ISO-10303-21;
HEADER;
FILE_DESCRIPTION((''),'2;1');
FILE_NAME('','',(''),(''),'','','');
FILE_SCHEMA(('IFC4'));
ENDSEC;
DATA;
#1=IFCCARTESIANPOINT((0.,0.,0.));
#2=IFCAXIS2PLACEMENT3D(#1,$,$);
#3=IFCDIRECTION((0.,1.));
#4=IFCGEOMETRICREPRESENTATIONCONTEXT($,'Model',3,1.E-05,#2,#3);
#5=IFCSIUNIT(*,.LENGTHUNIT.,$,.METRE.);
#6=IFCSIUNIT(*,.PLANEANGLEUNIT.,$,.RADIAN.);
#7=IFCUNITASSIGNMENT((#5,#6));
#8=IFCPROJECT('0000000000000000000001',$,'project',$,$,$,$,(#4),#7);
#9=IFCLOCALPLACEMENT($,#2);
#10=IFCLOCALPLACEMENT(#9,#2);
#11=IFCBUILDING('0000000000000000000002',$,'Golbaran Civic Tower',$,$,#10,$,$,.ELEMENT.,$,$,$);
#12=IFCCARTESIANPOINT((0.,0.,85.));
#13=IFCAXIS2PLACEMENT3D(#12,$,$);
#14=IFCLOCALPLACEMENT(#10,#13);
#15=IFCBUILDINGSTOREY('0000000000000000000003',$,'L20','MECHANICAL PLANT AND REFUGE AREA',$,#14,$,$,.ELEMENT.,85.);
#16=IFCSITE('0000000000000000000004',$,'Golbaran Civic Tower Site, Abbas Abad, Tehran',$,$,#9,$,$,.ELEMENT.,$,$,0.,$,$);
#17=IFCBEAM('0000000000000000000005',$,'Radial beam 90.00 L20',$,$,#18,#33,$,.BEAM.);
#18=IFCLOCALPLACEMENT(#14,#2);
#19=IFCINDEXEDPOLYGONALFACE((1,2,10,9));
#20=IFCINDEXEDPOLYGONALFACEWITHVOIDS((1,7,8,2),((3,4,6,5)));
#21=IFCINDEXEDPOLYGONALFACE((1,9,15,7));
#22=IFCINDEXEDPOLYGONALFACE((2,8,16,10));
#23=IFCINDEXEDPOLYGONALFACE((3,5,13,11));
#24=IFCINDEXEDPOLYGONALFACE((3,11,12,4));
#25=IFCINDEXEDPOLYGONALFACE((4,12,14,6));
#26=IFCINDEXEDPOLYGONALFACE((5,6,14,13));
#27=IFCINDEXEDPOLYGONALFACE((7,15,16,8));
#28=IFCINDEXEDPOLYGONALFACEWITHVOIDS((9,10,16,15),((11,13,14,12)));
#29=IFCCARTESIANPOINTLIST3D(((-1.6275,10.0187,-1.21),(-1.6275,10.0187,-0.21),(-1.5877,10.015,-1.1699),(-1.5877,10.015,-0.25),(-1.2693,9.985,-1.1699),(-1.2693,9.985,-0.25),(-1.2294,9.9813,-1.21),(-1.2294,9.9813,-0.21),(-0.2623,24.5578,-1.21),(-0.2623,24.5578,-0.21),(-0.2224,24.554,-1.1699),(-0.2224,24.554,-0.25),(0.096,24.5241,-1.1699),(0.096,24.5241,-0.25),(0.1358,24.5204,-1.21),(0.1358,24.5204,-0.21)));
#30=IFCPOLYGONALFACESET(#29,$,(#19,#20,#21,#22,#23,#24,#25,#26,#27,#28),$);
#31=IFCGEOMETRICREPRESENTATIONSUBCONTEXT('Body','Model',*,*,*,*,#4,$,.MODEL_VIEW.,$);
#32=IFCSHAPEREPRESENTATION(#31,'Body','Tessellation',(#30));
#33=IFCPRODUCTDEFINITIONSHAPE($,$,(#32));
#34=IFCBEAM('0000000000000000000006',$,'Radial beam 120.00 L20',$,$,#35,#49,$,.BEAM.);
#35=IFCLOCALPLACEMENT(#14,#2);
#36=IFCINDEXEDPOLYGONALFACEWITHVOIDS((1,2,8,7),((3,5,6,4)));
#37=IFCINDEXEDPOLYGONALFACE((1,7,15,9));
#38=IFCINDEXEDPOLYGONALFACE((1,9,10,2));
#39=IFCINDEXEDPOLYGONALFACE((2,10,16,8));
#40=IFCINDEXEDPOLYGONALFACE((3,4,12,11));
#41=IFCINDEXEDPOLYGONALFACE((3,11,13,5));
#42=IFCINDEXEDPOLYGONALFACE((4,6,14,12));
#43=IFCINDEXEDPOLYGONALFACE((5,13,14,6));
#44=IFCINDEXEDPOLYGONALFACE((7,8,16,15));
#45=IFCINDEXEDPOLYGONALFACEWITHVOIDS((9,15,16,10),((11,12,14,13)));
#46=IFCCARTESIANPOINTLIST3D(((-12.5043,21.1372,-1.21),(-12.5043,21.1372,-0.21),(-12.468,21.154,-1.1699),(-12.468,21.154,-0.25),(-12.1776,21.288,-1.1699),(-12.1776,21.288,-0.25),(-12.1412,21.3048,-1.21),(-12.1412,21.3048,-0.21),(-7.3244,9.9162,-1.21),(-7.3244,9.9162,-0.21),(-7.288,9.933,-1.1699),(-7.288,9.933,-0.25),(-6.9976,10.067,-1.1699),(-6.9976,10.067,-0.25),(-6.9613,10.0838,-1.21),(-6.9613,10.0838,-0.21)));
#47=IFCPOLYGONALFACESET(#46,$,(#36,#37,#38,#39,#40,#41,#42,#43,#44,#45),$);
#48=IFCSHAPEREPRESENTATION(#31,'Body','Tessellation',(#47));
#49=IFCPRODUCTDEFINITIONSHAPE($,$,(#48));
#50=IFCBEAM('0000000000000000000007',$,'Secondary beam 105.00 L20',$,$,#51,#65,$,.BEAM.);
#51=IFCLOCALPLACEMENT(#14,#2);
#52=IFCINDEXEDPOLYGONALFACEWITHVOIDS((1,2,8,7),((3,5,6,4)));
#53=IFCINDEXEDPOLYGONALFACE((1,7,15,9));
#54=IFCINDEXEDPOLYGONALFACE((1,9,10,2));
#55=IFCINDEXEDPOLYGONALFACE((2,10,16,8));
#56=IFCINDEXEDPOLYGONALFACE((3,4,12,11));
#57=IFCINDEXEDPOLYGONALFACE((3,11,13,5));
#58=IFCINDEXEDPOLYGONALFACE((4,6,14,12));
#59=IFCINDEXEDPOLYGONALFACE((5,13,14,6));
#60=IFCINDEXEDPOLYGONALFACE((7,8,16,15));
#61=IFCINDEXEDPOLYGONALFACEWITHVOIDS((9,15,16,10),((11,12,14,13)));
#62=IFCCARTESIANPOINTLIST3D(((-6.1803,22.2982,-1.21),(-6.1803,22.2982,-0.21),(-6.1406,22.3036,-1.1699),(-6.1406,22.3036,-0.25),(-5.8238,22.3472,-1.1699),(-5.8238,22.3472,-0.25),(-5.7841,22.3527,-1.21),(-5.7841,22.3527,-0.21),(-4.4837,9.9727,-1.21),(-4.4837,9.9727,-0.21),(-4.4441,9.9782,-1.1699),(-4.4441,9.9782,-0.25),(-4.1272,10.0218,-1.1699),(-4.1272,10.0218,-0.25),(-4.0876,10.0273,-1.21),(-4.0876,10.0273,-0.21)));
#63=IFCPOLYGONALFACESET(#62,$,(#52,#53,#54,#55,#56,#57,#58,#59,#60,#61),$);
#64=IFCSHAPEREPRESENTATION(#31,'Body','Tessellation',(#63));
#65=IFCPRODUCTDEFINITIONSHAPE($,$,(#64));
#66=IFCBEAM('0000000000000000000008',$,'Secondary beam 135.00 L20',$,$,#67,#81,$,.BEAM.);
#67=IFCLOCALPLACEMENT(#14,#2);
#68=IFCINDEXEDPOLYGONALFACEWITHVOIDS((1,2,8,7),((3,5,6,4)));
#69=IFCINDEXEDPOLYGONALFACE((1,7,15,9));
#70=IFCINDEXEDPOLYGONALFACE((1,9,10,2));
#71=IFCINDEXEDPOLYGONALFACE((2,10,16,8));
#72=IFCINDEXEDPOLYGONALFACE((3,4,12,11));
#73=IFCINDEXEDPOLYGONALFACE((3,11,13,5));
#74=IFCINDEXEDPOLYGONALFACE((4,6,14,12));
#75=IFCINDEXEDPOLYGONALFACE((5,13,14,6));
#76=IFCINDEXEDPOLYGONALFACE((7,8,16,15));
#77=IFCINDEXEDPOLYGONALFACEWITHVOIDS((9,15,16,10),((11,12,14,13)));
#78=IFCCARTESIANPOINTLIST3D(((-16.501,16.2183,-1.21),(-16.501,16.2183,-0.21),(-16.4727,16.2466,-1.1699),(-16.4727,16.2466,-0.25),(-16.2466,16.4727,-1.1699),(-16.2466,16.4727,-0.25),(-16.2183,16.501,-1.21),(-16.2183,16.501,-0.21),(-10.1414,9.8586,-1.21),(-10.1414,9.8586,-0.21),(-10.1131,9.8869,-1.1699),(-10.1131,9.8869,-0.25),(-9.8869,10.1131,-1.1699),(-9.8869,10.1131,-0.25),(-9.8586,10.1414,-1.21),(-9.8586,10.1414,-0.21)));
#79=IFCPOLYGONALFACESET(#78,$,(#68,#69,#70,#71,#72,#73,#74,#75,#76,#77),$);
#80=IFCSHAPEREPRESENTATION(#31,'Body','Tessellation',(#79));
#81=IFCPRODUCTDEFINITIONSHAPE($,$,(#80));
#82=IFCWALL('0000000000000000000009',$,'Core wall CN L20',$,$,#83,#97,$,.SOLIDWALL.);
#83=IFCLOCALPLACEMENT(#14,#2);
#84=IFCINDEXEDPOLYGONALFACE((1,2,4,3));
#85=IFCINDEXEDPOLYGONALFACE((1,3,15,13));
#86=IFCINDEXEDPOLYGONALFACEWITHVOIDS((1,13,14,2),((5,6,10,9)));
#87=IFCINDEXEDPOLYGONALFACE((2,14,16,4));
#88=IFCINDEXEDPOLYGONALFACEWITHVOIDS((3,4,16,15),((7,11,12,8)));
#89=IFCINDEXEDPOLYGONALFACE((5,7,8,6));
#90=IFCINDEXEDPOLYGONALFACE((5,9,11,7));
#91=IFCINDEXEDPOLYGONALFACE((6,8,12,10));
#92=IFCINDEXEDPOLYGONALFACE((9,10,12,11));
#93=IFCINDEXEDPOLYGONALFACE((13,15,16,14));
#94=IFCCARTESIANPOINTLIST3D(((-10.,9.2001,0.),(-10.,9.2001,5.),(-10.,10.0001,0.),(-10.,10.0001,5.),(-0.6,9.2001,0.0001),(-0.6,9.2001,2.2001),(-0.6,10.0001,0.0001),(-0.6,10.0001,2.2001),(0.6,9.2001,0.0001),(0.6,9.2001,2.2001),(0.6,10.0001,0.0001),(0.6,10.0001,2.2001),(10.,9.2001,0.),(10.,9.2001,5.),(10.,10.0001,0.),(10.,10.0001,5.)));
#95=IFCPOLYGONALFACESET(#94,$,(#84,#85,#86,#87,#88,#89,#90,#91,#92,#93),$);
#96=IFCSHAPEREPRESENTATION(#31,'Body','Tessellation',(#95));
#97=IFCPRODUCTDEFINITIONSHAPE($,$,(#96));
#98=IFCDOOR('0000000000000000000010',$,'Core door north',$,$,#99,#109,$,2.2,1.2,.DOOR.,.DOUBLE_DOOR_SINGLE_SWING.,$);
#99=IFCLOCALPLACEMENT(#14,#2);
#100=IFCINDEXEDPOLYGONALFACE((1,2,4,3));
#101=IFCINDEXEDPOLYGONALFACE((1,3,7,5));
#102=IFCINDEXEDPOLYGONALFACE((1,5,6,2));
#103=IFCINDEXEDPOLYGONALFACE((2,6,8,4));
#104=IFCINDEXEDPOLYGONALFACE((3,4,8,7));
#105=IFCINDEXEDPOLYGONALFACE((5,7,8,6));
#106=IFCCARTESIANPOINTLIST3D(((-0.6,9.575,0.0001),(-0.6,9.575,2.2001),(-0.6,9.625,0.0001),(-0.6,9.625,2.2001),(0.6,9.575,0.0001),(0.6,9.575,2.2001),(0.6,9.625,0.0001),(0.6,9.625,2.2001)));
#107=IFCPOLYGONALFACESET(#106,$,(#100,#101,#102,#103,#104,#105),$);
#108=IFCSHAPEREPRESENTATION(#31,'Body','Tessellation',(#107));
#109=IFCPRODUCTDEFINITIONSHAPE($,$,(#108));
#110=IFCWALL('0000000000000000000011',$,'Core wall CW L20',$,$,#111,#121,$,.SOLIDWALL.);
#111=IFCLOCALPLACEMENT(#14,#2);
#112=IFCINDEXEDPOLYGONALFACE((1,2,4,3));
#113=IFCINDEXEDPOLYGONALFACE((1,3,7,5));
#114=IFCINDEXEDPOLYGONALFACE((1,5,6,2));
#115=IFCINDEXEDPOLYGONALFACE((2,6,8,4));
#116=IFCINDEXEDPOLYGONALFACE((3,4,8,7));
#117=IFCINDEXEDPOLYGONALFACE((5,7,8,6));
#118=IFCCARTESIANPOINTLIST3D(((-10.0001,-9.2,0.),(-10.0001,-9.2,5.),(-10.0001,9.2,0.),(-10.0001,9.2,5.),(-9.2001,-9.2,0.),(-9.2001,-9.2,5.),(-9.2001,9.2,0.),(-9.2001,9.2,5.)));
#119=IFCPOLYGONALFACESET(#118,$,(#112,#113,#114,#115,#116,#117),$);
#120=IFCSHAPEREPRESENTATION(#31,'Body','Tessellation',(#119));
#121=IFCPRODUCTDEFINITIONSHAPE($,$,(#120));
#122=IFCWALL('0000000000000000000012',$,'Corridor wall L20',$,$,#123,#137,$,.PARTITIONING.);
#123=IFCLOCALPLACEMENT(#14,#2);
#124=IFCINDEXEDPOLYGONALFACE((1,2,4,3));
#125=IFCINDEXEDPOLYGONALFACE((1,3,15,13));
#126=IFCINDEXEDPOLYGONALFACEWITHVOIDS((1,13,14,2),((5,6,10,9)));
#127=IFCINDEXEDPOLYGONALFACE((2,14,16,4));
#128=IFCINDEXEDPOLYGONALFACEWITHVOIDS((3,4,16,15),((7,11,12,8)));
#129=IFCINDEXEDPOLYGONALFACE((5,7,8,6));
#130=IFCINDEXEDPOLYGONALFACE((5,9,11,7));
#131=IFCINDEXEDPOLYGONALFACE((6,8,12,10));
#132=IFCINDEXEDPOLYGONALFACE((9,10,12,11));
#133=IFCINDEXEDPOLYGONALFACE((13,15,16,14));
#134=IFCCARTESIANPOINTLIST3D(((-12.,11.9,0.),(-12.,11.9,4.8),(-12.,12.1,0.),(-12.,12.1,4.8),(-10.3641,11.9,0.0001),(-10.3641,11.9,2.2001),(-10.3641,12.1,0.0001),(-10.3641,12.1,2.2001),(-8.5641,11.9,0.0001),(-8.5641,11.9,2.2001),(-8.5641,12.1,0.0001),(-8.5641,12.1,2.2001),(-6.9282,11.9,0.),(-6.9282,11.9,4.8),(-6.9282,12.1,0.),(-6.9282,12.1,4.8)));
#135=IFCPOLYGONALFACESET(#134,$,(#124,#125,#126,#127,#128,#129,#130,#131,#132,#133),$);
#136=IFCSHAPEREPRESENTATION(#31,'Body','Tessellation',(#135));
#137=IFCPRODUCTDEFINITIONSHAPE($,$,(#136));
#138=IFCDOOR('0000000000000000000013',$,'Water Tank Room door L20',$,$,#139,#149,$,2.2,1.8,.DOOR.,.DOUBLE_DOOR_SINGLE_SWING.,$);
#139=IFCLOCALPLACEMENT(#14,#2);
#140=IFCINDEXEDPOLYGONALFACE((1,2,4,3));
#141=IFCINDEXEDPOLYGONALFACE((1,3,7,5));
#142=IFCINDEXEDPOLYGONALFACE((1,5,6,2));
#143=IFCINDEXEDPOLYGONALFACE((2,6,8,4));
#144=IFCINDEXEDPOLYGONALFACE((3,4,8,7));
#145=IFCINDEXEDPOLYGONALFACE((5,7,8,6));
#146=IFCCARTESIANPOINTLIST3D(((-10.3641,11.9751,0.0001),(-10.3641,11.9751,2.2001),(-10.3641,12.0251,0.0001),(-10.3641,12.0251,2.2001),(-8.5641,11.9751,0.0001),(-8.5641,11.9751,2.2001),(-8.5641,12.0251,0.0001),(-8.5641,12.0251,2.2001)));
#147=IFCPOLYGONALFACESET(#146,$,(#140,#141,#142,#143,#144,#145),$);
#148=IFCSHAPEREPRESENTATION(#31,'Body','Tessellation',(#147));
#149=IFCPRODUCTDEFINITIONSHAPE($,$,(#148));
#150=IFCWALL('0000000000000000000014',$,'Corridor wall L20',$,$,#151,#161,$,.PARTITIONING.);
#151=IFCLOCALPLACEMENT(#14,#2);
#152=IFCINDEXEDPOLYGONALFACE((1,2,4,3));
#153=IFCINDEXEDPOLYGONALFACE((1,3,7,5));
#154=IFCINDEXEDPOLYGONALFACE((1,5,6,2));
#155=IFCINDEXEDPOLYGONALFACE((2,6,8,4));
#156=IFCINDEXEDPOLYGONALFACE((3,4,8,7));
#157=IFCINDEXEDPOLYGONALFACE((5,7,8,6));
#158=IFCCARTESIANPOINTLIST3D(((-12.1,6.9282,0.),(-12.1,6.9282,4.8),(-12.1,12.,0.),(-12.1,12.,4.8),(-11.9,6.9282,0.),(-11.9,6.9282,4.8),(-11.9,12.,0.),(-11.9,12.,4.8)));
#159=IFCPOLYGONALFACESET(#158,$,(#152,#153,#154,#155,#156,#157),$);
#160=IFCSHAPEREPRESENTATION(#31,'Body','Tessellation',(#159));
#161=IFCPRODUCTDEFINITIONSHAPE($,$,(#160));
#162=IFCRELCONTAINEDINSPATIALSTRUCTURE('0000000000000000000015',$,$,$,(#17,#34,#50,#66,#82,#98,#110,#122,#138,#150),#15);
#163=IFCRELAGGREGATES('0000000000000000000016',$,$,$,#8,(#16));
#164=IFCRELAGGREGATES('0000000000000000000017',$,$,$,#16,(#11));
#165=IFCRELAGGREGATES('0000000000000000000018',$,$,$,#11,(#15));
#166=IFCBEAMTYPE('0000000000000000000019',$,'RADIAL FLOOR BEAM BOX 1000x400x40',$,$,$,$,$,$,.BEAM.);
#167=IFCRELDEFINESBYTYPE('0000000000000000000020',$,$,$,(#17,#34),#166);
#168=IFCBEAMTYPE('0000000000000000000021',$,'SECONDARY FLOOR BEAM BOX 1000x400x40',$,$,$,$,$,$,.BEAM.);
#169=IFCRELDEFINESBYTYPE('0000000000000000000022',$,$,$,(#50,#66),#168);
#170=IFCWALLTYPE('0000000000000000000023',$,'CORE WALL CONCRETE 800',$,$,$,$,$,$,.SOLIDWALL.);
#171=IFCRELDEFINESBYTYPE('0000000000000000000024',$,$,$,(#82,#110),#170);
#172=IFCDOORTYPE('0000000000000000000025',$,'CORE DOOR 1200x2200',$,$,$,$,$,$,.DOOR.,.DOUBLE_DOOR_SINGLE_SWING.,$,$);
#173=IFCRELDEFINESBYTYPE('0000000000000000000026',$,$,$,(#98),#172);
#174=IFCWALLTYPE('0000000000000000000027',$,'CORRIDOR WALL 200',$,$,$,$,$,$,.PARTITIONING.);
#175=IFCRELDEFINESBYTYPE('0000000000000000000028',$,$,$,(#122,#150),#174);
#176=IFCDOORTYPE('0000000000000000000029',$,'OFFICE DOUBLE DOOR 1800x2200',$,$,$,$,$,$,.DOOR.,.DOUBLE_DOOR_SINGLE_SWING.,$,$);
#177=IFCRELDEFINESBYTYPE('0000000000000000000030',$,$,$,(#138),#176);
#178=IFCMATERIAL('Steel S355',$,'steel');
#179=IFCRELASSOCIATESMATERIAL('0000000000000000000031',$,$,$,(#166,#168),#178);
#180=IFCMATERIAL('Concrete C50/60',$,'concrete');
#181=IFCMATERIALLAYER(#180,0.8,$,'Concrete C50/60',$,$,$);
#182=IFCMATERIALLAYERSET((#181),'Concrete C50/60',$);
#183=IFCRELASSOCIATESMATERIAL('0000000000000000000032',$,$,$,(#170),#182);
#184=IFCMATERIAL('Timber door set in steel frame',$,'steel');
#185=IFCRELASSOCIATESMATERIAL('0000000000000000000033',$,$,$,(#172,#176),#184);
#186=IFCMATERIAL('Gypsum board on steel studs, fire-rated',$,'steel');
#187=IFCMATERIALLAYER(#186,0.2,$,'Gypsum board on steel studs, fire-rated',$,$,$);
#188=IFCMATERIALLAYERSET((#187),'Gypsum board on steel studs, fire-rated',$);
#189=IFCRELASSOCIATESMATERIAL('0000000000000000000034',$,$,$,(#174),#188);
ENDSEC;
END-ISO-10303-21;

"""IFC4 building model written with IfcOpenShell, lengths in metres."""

from ifc_helpers import new_model, si_unit, direction, frame, frame_2d, origin, origin_2d, place, context, subcontext, project, spatial, rectangle, hollow_rectangle, extrude, material, layer, layer_set, material_profile, profile_set, type_object, element, fill, save


model = new_model("IFC4")

# Units and contexts
model_context = context("Model", 3, precision=1e-05, world=origin(), true_north=direction((0.0, 1.0)))
body_context = subcontext(model_context, "Body", "Model", "MODEL_VIEW")
ifc_project = project(units=[si_unit("LENGTHUNIT", "METRE"), si_unit("PLANEANGLEUNIT", "RADIAN")], contexts=[model_context])

# Site, building, storey
site_placement = place(None, origin())
site = spatial("IfcSite", under=ifc_project, at=site_placement, Name="Golbaran Civic Tower Site, Abbas Abad, Tehran", CompositionType="ELEMENT", RefElevation=0.0)
building_placement = place(site_placement, origin())
building = spatial("IfcBuilding", under=site, at=building_placement, Name="Golbaran Civic Tower", CompositionType="ELEMENT")
storey_placement = place(building_placement, frame((0.0, 0.0, 85.0)))
storey = spatial("IfcBuildingStorey", under=building, at=storey_placement, Name="L20", Description="MECHANICAL PLANT AND REFUGE AREA", CompositionType="ELEMENT", Elevation=85.0)

# Shared definitions
ifc_material_1 = material(Name="Steel S355", Category="steel")

# Beams
ifc_material_profile_1 = material_profile(ifc_material_1, hollow_rectangle(XDim=0.3999, YDim=1.0, WallThickness=0.04, at=origin_2d()), Name="BOX 1000x400x40")
ifc_profile_set_1 = profile_set([ifc_material_profile_1], Name="Steel S355")
beam_type_1 = type_object("IfcBeamType", Name="RADIAL FLOOR BEAM BOX 1000x400x40", PredefinedType="BEAM", material=ifc_profile_set_1)
beam_1_placement = place(storey_placement, frame((-1.4285, 10.0, -0.71), z_axis=(0.09349, 0.99562, 0.0), x_axis=(-0.99562, 0.09349, 0.0)))
element("IfcBeam", 1, at=beam_1_placement, inside=storey, type_object=beam_type_1, Name="Radial beam 90.00 L20", PredefinedType="BEAM", context=body_context, shape_type="SweptSolid", body=[
    extrude(hollow_rectangle(XDim=0.3999, YDim=1.0, WallThickness=0.04, at=origin_2d()), origin(), (0.0, 0.0, 1.0), 14.603),
])
beam_2_placement = place(storey_placement, frame((-7.1428, 10.0, -0.71), z_axis=(-0.419127, 0.907928, 0.0), x_axis=(-0.907928, -0.419127, 0.0)))
element("IfcBeam", 2, at=beam_2_placement, inside=storey, type_object=beam_type_1, Name="Radial beam 120.00 L20", PredefinedType="BEAM", context=body_context, shape_type="SweptSolid", body=[
    extrude(hollow_rectangle(XDim=0.3999, YDim=1.0, WallThickness=0.04, at=origin_2d()), origin(), (0.0, 0.0, 1.0), 12.3589),
])
ifc_material_profile_2 = material_profile(ifc_material_1, hollow_rectangle(XDim=0.3999, YDim=1.0, WallThickness=0.04, at=origin_2d()), Name="BOX 1000x400x40")
ifc_profile_set_2 = profile_set([ifc_material_profile_2], Name="Steel S355")
beam_type_2 = type_object("IfcBeamType", Name="SECONDARY FLOOR BEAM BOX 1000x400x40", PredefinedType="BEAM", material=ifc_profile_set_2)
beam_3_placement = place(storey_placement, frame((-4.2856, 10.0, -0.71), z_axis=(-0.136359, 0.990659, 0.0), x_axis=(-0.990659, -0.136359, 0.0)))
element("IfcBeam", 3, at=beam_3_placement, inside=storey, type_object=beam_type_2, Name="Secondary beam 105.00 L20", PredefinedType="BEAM", context=body_context, shape_type="SweptSolid", body=[
    extrude(hollow_rectangle(XDim=0.3999, YDim=1.0, WallThickness=0.04, at=origin_2d()), origin(), (0.0, 0.0, 1.0), 12.4417),
])
beam_4_placement = place(storey_placement, frame((-10.0, 10.0, -0.71), z_axis=(-0.707107, 0.707107, 0.0), x_axis=(-0.707107, -0.707107, 0.0)))
element("IfcBeam", 4, at=beam_4_placement, inside=storey, type_object=beam_type_2, Name="Secondary beam 135.00 L20", PredefinedType="BEAM", context=body_context, shape_type="SweptSolid", body=[
    extrude(hollow_rectangle(XDim=0.3999, YDim=1.0, WallThickness=0.04, at=origin_2d()), origin(), (0.0, 0.0, 1.0), 8.9939),
])

# Wall, opening, door
ifc_material_2 = material(Name="Concrete C50/60", Category="concrete")
ifc_layer_1 = layer(ifc_material_2, 0.8, Name="Concrete C50/60")
ifc_layer_set_1 = layer_set([ifc_layer_1], Name="Concrete C50/60")
wall_type_1 = type_object("IfcWallType", Name="CORE WALL CONCRETE 800", PredefinedType="SOLIDWALL", material=ifc_layer_set_1)
wall_1_placement = place(storey_placement, frame((-10.0, 9.6001, 0.0), z_axis=(0.0, 0.0, 1.0), x_axis=(1.0, 0.0, 0.0)))
wall_1 = element("IfcWall", 5, at=wall_1_placement, inside=storey, type_object=wall_type_1, Name="Core wall CN L20", PredefinedType="SOLIDWALL", context=body_context, shape_type="SweptSolid", body=[
    extrude(rectangle(XDim=20.0, YDim=0.8, at=frame_2d((10.0, 0.0))), origin(), (0.0, 0.0, 1.0), 5.0),
])
opening_1_placement = place(wall_1_placement, frame((9.3999, 0.0, 0.0)))
opening_1 = element("IfcOpeningElement", 6, at=opening_1_placement, cuts=wall_1, PredefinedType="OPENING", context=body_context, shape_type="SweptSolid", body=[
    extrude(rectangle(XDim=1.2, YDim=2.2, at=frame_2d((0.6001, 1.1001))), frame((0.0, 0.4099, 0.0), z_axis=(0.0, -1.0, 0.0), x_axis=(1.0, 0.0, 0.0)), (0.0, 0.0, 1.0), 0.8201),
])
ifc_material_3 = material(Name="Timber door set in steel frame", Category="steel")
door_type_1 = type_object("IfcDoorType", Name="CORE DOOR 1200x2200", OperationType="DOUBLE_DOOR_SINGLE_SWING", PredefinedType="DOOR", material=ifc_material_3)
door_1_placement = place(opening_1_placement, origin())
door_1 = element("IfcDoor", 7, at=door_1_placement, inside=storey, type_object=door_type_1, Name="Core door north", OperationType="DOUBLE_DOOR_SINGLE_SWING", OverallHeight=2.2, OverallWidth=1.2, PredefinedType="DOOR", context=body_context, shape_type="SweptSolid", body=[
    extrude(rectangle(XDim=1.2, YDim=2.2, at=frame_2d((0.6001, 1.1001))), frame((0.0, 0.0249, 0.0), z_axis=(0.0, -1.0, 0.0), x_axis=(1.0, 0.0, 0.0)), (0.0, 0.0, 1.0), 0.05),
])
fill(opening_1, door_1)

# Wall
wall_2_placement = place(storey_placement, frame((-9.6001, 9.2, 0.0), z_axis=(0.0, 0.0, 1.0), x_axis=(0.0, -1.0, 0.0)))
element("IfcWall", 8, at=wall_2_placement, inside=storey, type_object=wall_type_1, Name="Core wall CW L20", PredefinedType="SOLIDWALL", context=body_context, shape_type="SweptSolid", body=[
    extrude(rectangle(XDim=18.3999, YDim=0.8, at=frame_2d((9.2, 0.0))), origin(), (0.0, 0.0, 1.0), 5.0),
])

# Wall, opening, door
ifc_material_4 = material(Name="Gypsum board on steel studs, fire-rated", Category="steel")
ifc_layer_2 = layer(ifc_material_4, 0.2, Name="Gypsum board on steel studs, fire-rated")
ifc_layer_set_2 = layer_set([ifc_layer_2], Name="Gypsum board on steel studs, fire-rated")
wall_type_2 = type_object("IfcWallType", Name="CORRIDOR WALL 200", PredefinedType="PARTITIONING", material=ifc_layer_set_2)
wall_3_placement = place(storey_placement, frame((-6.9282, 12.0, 0.0), z_axis=(0.0, 0.0, 1.0), x_axis=(-1.0, 0.0, 0.0)))
wall_3 = element("IfcWall", 9, at=wall_3_placement, inside=storey, type_object=wall_type_2, Name="Corridor wall L20", PredefinedType="PARTITIONING", context=body_context, shape_type="SweptSolid", body=[
    extrude(rectangle(XDim=5.0718, YDim=0.2, at=frame_2d((2.5359, 0.0))), origin(), (0.0, 0.0, 1.0), 4.8),
])
opening_2_placement = place(wall_3_placement, frame((1.636, 0.0, 0.0)))
opening_2 = element("IfcOpeningElement", 10, at=opening_2_placement, cuts=wall_3, PredefinedType="OPENING", context=body_context, shape_type="SweptSolid", body=[
    extrude(rectangle(XDim=1.8, YDim=2.2, at=frame_2d((0.8999, 1.1001))), frame((0.0, 0.1099, 0.0), z_axis=(0.0, -1.0, 0.0), x_axis=(1.0, 0.0, 0.0)), (0.0, 0.0, 1.0), 0.22),
])
door_type_2 = type_object("IfcDoorType", Name="OFFICE DOUBLE DOOR 1800x2200", OperationType="DOUBLE_DOOR_SINGLE_SWING", PredefinedType="DOOR", material=ifc_material_3)
door_2_placement = place(opening_2_placement, origin())
door_2 = element("IfcDoor", 11, at=door_2_placement, inside=storey, type_object=door_type_2, Name="Water Tank Room door L20", OperationType="DOUBLE_DOOR_SINGLE_SWING", OverallHeight=2.2, OverallWidth=1.8, PredefinedType="DOOR", context=body_context, shape_type="SweptSolid", body=[
    extrude(rectangle(XDim=1.8, YDim=2.2, at=frame_2d((0.8999, 1.1001))), frame((0.0, 0.0249, 0.0), z_axis=(0.0, -1.0, 0.0), x_axis=(1.0, 0.0, 0.0)), (0.0, 0.0, 1.0), 0.05),
])
fill(opening_2, door_2)

# Wall
wall_4_placement = place(storey_placement, frame((-12.0, 12.0, 0.0), z_axis=(0.0, 0.0, 1.0), x_axis=(0.0, -1.0, 0.0)))
element("IfcWall", 12, at=wall_4_placement, inside=storey, type_object=wall_type_2, Name="Corridor wall L20", PredefinedType="PARTITIONING", context=body_context, shape_type="SweptSolid", body=[
    extrude(rectangle(XDim=5.0718, YDim=0.2, at=frame_2d((2.5359, 0.0))), origin(), (0.0, 0.0, 1.0), 4.8),
])

save(model, "model.ifc")
